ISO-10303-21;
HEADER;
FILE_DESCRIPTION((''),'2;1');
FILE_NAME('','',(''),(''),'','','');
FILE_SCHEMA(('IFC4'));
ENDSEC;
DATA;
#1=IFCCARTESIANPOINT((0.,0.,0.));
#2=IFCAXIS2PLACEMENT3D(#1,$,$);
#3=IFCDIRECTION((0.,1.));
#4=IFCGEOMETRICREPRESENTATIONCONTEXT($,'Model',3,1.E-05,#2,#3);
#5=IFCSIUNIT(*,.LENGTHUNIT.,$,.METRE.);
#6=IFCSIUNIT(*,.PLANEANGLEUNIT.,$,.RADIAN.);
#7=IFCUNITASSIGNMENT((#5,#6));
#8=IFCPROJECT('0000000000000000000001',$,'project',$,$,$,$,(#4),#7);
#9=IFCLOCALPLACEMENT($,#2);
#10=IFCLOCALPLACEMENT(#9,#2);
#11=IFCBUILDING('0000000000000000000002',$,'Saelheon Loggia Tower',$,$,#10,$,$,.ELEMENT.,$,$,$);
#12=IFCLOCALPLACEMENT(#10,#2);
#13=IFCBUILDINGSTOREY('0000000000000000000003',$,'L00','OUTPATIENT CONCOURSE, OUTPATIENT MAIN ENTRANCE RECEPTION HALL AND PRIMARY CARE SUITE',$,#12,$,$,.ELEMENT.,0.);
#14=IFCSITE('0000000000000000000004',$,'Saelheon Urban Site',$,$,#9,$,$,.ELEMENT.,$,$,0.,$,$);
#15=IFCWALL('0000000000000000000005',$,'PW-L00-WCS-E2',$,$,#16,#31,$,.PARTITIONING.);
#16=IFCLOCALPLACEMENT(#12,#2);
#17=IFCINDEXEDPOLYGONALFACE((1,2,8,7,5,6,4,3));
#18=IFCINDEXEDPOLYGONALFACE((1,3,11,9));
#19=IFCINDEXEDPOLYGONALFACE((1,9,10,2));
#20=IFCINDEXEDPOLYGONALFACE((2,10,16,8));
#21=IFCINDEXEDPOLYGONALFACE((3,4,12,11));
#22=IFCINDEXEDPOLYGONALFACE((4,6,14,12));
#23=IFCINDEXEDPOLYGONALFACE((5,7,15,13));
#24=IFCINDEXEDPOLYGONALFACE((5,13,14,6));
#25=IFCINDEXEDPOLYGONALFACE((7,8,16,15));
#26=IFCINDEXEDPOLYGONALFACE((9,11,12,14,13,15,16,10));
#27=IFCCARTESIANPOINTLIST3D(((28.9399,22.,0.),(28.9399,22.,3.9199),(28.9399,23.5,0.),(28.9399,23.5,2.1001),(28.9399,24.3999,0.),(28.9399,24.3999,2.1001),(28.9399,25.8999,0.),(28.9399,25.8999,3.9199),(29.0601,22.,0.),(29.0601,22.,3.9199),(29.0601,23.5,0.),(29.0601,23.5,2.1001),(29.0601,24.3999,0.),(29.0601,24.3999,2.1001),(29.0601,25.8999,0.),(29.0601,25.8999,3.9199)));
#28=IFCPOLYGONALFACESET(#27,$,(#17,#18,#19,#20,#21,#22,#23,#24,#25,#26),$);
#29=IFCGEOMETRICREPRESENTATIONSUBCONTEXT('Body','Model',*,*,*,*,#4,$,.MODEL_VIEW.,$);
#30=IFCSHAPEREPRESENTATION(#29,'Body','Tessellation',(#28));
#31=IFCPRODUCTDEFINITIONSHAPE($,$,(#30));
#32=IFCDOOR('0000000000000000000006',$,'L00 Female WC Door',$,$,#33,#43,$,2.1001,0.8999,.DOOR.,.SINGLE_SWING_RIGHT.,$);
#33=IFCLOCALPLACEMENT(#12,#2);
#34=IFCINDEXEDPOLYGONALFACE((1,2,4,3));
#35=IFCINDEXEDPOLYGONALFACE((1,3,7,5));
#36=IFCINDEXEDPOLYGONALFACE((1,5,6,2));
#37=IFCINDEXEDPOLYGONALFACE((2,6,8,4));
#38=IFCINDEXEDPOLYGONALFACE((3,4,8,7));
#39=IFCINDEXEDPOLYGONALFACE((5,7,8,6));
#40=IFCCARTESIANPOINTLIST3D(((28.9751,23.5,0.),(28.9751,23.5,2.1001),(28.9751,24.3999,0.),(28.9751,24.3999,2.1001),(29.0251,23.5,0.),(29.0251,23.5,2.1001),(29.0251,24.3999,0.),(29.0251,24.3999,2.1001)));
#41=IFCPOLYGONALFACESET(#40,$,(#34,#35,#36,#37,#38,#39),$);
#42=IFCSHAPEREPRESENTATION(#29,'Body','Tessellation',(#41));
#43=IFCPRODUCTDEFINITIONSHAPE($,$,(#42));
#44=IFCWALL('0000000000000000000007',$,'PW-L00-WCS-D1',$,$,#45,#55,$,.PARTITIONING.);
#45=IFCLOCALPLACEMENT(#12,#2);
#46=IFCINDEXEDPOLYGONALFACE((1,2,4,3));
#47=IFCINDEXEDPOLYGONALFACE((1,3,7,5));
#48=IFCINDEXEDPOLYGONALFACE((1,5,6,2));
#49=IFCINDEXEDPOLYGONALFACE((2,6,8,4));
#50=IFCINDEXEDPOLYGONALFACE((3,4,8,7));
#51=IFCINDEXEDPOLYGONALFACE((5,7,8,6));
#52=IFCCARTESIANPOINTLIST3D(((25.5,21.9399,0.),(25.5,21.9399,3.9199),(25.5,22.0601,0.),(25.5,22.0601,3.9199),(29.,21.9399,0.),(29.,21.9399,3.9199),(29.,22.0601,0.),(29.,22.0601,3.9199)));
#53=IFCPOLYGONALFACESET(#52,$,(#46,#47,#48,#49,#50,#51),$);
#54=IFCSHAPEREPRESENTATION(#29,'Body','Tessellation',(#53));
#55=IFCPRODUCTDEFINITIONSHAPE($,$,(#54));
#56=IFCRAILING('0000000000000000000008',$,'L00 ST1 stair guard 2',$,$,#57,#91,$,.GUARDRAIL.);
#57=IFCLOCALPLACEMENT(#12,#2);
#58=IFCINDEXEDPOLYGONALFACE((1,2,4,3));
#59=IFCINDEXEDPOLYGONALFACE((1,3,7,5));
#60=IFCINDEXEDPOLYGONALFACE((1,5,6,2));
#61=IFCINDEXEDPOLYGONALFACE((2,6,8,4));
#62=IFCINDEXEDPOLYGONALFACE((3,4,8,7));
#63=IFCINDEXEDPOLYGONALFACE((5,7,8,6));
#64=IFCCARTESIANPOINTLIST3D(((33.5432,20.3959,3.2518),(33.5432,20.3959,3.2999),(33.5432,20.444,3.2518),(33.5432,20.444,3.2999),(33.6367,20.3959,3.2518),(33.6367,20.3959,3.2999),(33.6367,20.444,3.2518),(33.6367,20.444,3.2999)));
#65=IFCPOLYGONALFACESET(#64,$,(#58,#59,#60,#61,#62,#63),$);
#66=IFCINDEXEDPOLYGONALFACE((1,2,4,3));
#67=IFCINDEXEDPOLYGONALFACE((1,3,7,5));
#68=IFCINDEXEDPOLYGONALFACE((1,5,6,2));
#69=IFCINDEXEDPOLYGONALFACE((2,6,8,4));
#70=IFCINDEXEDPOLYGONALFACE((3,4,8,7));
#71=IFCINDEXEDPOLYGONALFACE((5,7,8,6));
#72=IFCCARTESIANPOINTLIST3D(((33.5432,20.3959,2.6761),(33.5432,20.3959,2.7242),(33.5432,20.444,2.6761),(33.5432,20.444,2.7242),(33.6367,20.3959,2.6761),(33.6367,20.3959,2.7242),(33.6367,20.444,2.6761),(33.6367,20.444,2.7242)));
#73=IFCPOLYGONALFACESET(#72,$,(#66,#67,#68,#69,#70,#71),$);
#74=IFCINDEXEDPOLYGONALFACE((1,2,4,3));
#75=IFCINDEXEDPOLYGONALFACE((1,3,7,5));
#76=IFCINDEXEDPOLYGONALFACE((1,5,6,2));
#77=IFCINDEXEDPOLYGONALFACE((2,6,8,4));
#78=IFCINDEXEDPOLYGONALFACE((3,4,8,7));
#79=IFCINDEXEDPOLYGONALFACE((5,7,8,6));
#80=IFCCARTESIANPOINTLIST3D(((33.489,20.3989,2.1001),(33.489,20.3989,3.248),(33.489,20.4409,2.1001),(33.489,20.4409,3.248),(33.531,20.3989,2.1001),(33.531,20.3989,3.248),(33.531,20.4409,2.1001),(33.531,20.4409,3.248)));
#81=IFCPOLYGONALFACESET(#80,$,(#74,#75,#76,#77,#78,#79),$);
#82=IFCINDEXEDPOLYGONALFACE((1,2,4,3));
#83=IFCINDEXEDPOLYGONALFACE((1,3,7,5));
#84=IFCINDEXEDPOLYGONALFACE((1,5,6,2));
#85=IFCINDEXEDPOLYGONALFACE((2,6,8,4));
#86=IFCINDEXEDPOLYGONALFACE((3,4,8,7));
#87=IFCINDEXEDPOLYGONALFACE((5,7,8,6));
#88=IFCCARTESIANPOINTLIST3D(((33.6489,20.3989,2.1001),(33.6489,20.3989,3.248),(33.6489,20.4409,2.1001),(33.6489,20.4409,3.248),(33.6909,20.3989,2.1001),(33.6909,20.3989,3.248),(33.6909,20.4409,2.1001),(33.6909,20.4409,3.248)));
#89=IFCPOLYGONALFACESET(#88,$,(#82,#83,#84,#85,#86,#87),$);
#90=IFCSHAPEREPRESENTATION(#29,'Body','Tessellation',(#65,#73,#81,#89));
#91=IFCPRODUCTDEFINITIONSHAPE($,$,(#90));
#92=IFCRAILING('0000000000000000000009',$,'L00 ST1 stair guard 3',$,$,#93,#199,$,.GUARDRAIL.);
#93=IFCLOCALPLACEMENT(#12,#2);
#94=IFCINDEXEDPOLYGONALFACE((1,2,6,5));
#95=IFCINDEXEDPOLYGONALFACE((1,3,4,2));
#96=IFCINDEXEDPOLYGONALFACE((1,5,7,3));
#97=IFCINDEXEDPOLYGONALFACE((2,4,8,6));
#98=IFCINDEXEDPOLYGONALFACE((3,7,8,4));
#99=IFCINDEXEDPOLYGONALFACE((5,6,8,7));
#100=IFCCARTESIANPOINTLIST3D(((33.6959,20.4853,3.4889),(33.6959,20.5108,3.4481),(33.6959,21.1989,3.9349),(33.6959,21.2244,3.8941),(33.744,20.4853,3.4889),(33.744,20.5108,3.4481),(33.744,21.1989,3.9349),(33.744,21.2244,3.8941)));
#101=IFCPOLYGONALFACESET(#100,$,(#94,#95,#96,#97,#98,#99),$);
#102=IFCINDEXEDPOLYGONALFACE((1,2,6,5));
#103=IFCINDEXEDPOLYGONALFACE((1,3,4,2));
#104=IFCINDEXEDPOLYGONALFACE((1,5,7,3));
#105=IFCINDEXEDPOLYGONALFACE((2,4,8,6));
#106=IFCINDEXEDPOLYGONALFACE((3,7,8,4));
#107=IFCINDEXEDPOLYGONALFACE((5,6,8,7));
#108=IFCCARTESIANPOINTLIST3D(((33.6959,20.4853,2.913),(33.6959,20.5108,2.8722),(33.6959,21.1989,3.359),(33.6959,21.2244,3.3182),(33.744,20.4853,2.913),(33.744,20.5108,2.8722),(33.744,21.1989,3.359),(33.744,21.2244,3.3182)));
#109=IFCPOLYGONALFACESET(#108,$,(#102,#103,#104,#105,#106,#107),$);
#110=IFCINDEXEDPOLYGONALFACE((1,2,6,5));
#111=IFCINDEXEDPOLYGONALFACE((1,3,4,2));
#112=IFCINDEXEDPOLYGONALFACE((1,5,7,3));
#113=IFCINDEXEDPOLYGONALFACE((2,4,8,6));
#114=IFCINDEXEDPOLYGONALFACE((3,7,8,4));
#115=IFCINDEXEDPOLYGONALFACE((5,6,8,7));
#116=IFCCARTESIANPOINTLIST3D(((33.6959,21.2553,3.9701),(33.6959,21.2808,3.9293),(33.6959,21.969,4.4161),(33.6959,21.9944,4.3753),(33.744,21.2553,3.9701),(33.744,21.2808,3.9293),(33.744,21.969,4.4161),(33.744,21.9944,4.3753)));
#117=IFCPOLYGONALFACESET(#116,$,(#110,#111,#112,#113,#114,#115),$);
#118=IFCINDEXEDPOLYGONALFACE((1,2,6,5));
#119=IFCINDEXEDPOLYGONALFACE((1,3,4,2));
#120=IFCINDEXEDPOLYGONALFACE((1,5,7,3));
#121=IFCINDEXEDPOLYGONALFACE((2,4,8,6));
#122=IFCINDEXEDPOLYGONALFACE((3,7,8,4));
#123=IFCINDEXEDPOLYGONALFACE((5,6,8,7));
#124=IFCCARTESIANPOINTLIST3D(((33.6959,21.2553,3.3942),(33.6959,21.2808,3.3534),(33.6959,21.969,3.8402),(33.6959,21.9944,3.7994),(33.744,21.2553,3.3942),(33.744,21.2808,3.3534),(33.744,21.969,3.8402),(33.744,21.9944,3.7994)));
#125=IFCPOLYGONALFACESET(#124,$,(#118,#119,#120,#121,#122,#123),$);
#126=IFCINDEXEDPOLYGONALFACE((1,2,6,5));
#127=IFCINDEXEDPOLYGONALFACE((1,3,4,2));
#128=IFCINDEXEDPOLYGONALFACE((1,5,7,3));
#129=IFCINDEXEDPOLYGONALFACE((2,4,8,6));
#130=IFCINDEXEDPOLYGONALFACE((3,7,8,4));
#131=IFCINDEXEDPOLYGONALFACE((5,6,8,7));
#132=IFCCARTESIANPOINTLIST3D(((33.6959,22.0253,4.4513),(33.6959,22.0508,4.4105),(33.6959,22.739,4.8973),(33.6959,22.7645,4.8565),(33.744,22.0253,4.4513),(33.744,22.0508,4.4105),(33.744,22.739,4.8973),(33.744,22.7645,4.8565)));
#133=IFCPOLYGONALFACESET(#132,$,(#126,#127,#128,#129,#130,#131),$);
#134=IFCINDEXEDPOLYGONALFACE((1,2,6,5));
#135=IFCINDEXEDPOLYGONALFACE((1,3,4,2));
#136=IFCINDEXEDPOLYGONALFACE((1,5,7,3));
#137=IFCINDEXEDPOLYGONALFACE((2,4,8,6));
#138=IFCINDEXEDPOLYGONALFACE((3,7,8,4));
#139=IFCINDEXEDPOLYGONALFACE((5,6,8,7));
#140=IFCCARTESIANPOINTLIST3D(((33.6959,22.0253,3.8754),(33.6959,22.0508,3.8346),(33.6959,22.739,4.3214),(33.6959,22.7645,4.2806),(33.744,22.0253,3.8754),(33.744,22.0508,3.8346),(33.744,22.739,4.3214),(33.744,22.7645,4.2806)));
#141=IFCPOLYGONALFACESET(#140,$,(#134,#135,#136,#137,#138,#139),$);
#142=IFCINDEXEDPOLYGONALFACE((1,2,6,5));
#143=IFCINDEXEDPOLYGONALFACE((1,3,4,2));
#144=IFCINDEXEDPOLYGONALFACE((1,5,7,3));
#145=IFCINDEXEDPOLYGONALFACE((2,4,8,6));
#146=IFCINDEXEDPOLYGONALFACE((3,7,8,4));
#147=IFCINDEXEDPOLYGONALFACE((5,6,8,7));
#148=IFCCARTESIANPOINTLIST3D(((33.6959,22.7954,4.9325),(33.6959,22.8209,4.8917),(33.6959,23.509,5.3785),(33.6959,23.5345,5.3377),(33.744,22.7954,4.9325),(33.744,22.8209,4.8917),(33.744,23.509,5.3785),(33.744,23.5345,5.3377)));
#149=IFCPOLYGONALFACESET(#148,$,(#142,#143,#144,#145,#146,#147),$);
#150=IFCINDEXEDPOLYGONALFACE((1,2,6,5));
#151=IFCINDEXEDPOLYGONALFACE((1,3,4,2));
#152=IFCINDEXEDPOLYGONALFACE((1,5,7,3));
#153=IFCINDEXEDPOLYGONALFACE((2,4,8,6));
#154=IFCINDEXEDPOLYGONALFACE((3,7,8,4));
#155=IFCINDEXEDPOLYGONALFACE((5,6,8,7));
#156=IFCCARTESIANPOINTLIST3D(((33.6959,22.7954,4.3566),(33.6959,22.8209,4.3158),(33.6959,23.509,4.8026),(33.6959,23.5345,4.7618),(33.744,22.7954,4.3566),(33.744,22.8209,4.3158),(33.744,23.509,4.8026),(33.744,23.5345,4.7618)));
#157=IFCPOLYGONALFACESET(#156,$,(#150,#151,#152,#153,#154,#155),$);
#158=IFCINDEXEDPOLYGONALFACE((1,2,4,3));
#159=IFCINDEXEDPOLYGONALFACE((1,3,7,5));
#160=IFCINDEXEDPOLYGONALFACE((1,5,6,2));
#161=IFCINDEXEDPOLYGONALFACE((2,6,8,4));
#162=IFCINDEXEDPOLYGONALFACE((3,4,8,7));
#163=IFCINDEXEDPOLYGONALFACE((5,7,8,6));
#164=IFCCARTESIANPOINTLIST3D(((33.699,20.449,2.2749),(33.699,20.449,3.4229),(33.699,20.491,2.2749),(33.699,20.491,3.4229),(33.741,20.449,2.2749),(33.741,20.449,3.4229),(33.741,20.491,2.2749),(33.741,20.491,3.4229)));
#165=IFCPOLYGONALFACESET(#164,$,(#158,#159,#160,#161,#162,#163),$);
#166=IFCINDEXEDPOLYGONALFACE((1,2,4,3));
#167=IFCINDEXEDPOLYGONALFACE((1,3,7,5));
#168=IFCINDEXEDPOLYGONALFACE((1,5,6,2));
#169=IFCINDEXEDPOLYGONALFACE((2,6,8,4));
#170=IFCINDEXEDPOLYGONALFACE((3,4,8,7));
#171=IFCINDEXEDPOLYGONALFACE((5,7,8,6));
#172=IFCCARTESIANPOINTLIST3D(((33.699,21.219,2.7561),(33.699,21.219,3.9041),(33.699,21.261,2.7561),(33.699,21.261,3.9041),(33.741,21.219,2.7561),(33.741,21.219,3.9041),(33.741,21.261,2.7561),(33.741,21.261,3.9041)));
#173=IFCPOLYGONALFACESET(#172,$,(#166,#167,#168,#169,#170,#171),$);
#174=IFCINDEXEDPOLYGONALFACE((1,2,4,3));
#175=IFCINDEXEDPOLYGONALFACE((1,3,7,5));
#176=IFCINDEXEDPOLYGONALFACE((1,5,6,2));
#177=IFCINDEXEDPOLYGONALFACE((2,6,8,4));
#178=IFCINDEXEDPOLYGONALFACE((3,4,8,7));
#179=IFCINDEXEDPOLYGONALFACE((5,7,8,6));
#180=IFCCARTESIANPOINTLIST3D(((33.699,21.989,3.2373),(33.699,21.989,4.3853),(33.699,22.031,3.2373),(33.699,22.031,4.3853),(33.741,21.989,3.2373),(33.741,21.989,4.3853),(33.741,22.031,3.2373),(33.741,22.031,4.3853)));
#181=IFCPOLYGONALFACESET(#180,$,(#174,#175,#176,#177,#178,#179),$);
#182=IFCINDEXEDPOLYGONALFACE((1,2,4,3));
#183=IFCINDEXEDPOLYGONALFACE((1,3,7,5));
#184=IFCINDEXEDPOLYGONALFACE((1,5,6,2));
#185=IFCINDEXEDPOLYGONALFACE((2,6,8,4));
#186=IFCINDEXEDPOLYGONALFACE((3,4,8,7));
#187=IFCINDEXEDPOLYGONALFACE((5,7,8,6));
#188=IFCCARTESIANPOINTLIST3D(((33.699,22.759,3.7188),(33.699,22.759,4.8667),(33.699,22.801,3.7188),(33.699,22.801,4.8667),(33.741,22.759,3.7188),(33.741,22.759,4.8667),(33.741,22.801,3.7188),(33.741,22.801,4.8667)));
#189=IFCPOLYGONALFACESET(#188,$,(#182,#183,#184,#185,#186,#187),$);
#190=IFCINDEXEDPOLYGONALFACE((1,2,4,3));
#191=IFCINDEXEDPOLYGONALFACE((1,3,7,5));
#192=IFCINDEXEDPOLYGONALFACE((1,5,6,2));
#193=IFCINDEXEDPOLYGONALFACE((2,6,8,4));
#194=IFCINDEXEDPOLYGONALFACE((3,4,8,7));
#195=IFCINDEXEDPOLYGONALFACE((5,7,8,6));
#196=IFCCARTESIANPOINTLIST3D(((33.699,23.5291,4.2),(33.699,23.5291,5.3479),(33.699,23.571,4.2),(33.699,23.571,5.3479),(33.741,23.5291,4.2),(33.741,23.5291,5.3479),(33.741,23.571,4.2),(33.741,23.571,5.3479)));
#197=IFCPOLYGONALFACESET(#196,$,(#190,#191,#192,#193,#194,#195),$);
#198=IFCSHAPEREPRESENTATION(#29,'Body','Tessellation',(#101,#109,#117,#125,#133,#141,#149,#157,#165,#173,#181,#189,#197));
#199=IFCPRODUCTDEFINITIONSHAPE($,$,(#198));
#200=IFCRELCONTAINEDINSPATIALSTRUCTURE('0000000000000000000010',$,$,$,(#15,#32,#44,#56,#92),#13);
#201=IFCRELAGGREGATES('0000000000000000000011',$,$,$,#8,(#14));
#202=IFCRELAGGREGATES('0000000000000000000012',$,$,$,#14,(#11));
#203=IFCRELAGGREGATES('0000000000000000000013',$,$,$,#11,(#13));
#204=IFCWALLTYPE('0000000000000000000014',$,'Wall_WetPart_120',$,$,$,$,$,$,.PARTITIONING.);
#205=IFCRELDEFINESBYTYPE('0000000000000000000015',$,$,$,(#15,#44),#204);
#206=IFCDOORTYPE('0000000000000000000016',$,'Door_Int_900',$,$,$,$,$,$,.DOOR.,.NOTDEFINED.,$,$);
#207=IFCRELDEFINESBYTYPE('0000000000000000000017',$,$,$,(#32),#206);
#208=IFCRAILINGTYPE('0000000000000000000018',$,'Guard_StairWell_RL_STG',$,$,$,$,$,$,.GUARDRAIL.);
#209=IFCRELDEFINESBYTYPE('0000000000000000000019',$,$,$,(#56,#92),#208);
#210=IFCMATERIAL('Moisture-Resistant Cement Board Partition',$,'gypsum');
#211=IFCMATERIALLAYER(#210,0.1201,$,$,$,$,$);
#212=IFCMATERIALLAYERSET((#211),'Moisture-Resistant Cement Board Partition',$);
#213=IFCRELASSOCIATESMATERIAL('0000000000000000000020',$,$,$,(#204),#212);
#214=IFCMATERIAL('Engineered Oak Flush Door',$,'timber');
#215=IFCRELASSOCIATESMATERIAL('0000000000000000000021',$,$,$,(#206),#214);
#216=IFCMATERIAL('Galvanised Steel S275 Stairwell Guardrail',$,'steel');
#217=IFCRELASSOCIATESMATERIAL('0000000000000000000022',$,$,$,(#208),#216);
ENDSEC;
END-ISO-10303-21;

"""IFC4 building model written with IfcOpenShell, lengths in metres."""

from ifc_helpers import new_model, si_unit, direction, frame, frame_2d, origin, origin_2d, place, context, subcontext, project, spatial, rectangle, extrude, source, transform, mapped, material, layer, layer_set, type_object, element, fill, save


model = new_model("IFC4")

# Units and contexts
model_context = context("Model", 3, precision=1e-05, world=origin(), true_north=direction((0.0, 1.0)))
body_context = subcontext(model_context, "Body", "Model", "MODEL_VIEW")
ifc_project = project(units=[si_unit("LENGTHUNIT", "METRE"), si_unit("PLANEANGLEUNIT", "RADIAN")], contexts=[model_context])

# Site, building, storey
site_placement = place(None, origin())
site = spatial("IfcSite", under=ifc_project, at=site_placement, Name="Saelheon Urban Site", CompositionType="ELEMENT", RefElevation=0.0)
building_placement = place(site_placement, origin())
building = spatial("IfcBuilding", under=site, at=building_placement, Name="Saelheon Loggia Tower", CompositionType="ELEMENT")
storey_placement = place(building_placement, origin())
storey = spatial("IfcBuildingStorey", under=building, at=storey_placement, Name="L00", Description="OUTPATIENT CONCOURSE, OUTPATIENT MAIN ENTRANCE RECEPTION HALL AND PRIMARY CARE SUITE", CompositionType="ELEMENT", Elevation=0.0)

# Shared definitions
ifc_material_1 = material(Name="Moisture-Resistant Cement Board Partition", Category="gypsum")
ifc_layer_1 = layer(ifc_material_1, 0.1201)
ifc_layer_set_1 = layer_set([ifc_layer_1], Name="Moisture-Resistant Cement Board Partition")
wall_type_1 = type_object("IfcWallType", Name="Wall_WetPart_120", PredefinedType="PARTITIONING", material=ifc_layer_set_1)

# Wall, opening, door
ifc_material_2 = material(Name="Engineered Oak Flush Door", Category="timber")
door_type_1 = type_object("IfcDoorType", Name="Door_Int_900", OperationType="NOTDEFINED", PredefinedType="DOOR", material=ifc_material_2)
shared_shape_1 = source(origin(), body_context, "Body", "SweptSolid", [
    extrude(rectangle(XDim=0.8999, YDim=2.1001, at=frame_2d((0.45, 1.05))), frame((0.0, 0.0249, 0.0), z_axis=(0.0, -1.0, 0.0), x_axis=(1.0, 0.0, 0.0)), (0.0, 0.0, 1.0), 0.05),
])
wall_1_placement = place(storey_placement, frame((29.0, 22.0, 0.0), z_axis=(0.0, 0.0, 1.0), x_axis=(0.0, 1.0, 0.0)))
wall_1 = element("IfcWall", 1, at=wall_1_placement, inside=storey, type_object=wall_type_1, Name="PW-L00-WCS-E2", PredefinedType="PARTITIONING", context=body_context, shape_type="SweptSolid", body=[
    extrude(rectangle(XDim=3.8999, YDim=0.1201, at=frame_2d((1.95, 0.0))), origin(), (0.0, 0.0, 1.0), 3.9199),
])
opening_1_placement = place(wall_1_placement, frame((1.5, 0.0, 0.0)))
opening_1 = element("IfcOpeningElement", 2, at=opening_1_placement, cuts=wall_1, PredefinedType="OPENING", context=body_context, shape_type="SweptSolid", body=[
    extrude(rectangle(XDim=0.8999, YDim=2.1001, at=frame_2d((0.45, 1.05))), frame((0.0, 0.072, 0.0), z_axis=(0.0, -1.0, 0.0), x_axis=(1.0, 0.0, 0.0)), (0.0, 0.0, 1.0), 0.144),
])
door_1_placement = place(opening_1_placement, origin())
door_1 = element("IfcDoor", 3, at=door_1_placement, inside=storey, type_object=door_type_1, Name="L00 Female WC Door", OperationType="SINGLE_SWING_RIGHT", OverallHeight=2.1001, OverallWidth=0.8999, PredefinedType="DOOR", context=body_context, shape_type="MappedRepresentation", body=[
    mapped(shared_shape_1, transform((0.0, 0.0, 0.0), scale=1.0)),
])
fill(opening_1, door_1)

# Wall
wall_2_placement = place(storey_placement, frame((25.5, 22.0, 0.0), z_axis=(0.0, 0.0, 1.0), x_axis=(1.0, 0.0, 0.0)))
element("IfcWall", 4, at=wall_2_placement, inside=storey, type_object=wall_type_1, Name="PW-L00-WCS-D1", PredefinedType="PARTITIONING", context=body_context, shape_type="SweptSolid", body=[
    extrude(rectangle(XDim=3.5, YDim=0.1201, at=frame_2d((1.75, 0.0))), origin(), (0.0, 0.0, 1.0), 3.9199),
])

# Railings
ifc_material_3 = material(Name="Galvanised Steel S275 Stairwell Guardrail", Category="steel")
railing_type_1 = type_object("IfcRailingType", Name="Guard_StairWell_RL_STG", PredefinedType="GUARDRAIL", material=ifc_material_3)
railing_1_placement = place(storey_placement, frame((33.51, 20.4199, 2.1001)))
element("IfcRailing", 5, at=railing_1_placement, inside=storey, type_object=railing_type_1, Name="L00 ST1 stair guard 2", PredefinedType="GUARDRAIL", context=body_context, shape_type="SweptSolid", body=[
    extrude(rectangle(XDim=0.0481, YDim=0.0481, at=origin_2d()), frame((0.0332, 0.0, 1.1758), z_axis=(1.0, 0.0, 0.0), x_axis=(0.0, 1.0, 0.0)), (0.0, 0.0, 1.0), 0.0935),
    extrude(rectangle(XDim=0.0481, YDim=0.0481, at=origin_2d()), frame((0.0332, 0.0, 0.6001), z_axis=(1.0, 0.0, 0.0), x_axis=(0.0, 1.0, 0.0)), (0.0, 0.0, 1.0), 0.0935),
    extrude(rectangle(XDim=0.042, YDim=0.042, at=origin_2d()), origin(), (0.0, 0.0, 1.0), 1.1479),
    extrude(rectangle(XDim=0.042, YDim=0.042, at=origin_2d()), frame((0.1599, 0.0, 0.0)), (0.0, 0.0, 1.0), 1.1479),
])
railing_2_placement = place(storey_placement, frame((33.72, 20.47, 2.2749)))
element("IfcRailing", 6, at=railing_2_placement, inside=storey, type_object=railing_type_1, Name="L00 ST1 stair guard 3", PredefinedType="GUARDRAIL", context=body_context, shape_type="SweptSolid", body=[
    extrude(rectangle(XDim=0.0481, YDim=0.0481, at=origin_2d()), frame((0.0, 0.0281, 1.1936), z_axis=(0.0, 0.847998, 0.529999), x_axis=(-1.0, 0.0, 0.0)), (0.0, 0.0, 1.0), 0.8416),
    extrude(rectangle(XDim=0.0481, YDim=0.0481, at=origin_2d()), frame((0.0, 0.0281, 0.6177), z_axis=(0.0, 0.847998, 0.529999), x_axis=(-1.0, 0.0, 0.0)), (0.0, 0.0, 1.0), 0.8416),
    extrude(rectangle(XDim=0.0481, YDim=0.0481, at=origin_2d()), frame((0.0, 0.7981, 1.6748), z_axis=(0.0, 0.847998, 0.529999), x_axis=(-1.0, 0.0, 0.0)), (0.0, 0.0, 1.0), 0.8416),
    extrude(rectangle(XDim=0.0481, YDim=0.0481, at=origin_2d()), frame((0.0, 0.7981, 1.0989), z_axis=(0.0, 0.847998, 0.529999), x_axis=(-1.0, 0.0, 0.0)), (0.0, 0.0, 1.0), 0.8416),
    extrude(rectangle(XDim=0.0481, YDim=0.0481, at=origin_2d()), frame((0.0, 1.5681, 2.156), z_axis=(0.0, 0.847998, 0.529999), x_axis=(-1.0, 0.0, 0.0)), (0.0, 0.0, 1.0), 0.8416),
    extrude(rectangle(XDim=0.0481, YDim=0.0481, at=origin_2d()), frame((0.0, 1.5681, 1.5801), z_axis=(0.0, 0.847998, 0.529999), x_axis=(-1.0, 0.0, 0.0)), (0.0, 0.0, 1.0), 0.8416),
    extrude(rectangle(XDim=0.0481, YDim=0.0481, at=origin_2d()), frame((0.0, 2.3381, 2.6372), z_axis=(0.0, 0.847998, 0.529999), x_axis=(-1.0, 0.0, 0.0)), (0.0, 0.0, 1.0), 0.8416),
    extrude(rectangle(XDim=0.0481, YDim=0.0481, at=origin_2d()), frame((0.0, 2.3381, 2.0613), z_axis=(0.0, 0.847998, 0.529999), x_axis=(-1.0, 0.0, 0.0)), (0.0, 0.0, 1.0), 0.8416),
    extrude(rectangle(XDim=0.042, YDim=0.042, at=origin_2d()), origin(), (0.0, 0.0, 1.0), 1.1479),
    extrude(rectangle(XDim=0.042, YDim=0.042, at=origin_2d()), frame((0.0, 0.77, 0.4812)), (0.0, 0.0, 1.0), 1.1479),
    extrude(rectangle(XDim=0.042, YDim=0.042, at=origin_2d()), frame((0.0, 1.54, 0.9624)), (0.0, 0.0, 1.0), 1.1479),
    extrude(rectangle(XDim=0.042, YDim=0.042, at=origin_2d()), frame((0.0, 2.3101, 1.4438)), (0.0, 0.0, 1.0), 1.1479),
    extrude(rectangle(XDim=0.042, YDim=0.042, at=origin_2d()), frame((0.0, 3.0801, 1.925)), (0.0, 0.0, 1.0), 1.1479),
])

save(model, "model.ifc")
